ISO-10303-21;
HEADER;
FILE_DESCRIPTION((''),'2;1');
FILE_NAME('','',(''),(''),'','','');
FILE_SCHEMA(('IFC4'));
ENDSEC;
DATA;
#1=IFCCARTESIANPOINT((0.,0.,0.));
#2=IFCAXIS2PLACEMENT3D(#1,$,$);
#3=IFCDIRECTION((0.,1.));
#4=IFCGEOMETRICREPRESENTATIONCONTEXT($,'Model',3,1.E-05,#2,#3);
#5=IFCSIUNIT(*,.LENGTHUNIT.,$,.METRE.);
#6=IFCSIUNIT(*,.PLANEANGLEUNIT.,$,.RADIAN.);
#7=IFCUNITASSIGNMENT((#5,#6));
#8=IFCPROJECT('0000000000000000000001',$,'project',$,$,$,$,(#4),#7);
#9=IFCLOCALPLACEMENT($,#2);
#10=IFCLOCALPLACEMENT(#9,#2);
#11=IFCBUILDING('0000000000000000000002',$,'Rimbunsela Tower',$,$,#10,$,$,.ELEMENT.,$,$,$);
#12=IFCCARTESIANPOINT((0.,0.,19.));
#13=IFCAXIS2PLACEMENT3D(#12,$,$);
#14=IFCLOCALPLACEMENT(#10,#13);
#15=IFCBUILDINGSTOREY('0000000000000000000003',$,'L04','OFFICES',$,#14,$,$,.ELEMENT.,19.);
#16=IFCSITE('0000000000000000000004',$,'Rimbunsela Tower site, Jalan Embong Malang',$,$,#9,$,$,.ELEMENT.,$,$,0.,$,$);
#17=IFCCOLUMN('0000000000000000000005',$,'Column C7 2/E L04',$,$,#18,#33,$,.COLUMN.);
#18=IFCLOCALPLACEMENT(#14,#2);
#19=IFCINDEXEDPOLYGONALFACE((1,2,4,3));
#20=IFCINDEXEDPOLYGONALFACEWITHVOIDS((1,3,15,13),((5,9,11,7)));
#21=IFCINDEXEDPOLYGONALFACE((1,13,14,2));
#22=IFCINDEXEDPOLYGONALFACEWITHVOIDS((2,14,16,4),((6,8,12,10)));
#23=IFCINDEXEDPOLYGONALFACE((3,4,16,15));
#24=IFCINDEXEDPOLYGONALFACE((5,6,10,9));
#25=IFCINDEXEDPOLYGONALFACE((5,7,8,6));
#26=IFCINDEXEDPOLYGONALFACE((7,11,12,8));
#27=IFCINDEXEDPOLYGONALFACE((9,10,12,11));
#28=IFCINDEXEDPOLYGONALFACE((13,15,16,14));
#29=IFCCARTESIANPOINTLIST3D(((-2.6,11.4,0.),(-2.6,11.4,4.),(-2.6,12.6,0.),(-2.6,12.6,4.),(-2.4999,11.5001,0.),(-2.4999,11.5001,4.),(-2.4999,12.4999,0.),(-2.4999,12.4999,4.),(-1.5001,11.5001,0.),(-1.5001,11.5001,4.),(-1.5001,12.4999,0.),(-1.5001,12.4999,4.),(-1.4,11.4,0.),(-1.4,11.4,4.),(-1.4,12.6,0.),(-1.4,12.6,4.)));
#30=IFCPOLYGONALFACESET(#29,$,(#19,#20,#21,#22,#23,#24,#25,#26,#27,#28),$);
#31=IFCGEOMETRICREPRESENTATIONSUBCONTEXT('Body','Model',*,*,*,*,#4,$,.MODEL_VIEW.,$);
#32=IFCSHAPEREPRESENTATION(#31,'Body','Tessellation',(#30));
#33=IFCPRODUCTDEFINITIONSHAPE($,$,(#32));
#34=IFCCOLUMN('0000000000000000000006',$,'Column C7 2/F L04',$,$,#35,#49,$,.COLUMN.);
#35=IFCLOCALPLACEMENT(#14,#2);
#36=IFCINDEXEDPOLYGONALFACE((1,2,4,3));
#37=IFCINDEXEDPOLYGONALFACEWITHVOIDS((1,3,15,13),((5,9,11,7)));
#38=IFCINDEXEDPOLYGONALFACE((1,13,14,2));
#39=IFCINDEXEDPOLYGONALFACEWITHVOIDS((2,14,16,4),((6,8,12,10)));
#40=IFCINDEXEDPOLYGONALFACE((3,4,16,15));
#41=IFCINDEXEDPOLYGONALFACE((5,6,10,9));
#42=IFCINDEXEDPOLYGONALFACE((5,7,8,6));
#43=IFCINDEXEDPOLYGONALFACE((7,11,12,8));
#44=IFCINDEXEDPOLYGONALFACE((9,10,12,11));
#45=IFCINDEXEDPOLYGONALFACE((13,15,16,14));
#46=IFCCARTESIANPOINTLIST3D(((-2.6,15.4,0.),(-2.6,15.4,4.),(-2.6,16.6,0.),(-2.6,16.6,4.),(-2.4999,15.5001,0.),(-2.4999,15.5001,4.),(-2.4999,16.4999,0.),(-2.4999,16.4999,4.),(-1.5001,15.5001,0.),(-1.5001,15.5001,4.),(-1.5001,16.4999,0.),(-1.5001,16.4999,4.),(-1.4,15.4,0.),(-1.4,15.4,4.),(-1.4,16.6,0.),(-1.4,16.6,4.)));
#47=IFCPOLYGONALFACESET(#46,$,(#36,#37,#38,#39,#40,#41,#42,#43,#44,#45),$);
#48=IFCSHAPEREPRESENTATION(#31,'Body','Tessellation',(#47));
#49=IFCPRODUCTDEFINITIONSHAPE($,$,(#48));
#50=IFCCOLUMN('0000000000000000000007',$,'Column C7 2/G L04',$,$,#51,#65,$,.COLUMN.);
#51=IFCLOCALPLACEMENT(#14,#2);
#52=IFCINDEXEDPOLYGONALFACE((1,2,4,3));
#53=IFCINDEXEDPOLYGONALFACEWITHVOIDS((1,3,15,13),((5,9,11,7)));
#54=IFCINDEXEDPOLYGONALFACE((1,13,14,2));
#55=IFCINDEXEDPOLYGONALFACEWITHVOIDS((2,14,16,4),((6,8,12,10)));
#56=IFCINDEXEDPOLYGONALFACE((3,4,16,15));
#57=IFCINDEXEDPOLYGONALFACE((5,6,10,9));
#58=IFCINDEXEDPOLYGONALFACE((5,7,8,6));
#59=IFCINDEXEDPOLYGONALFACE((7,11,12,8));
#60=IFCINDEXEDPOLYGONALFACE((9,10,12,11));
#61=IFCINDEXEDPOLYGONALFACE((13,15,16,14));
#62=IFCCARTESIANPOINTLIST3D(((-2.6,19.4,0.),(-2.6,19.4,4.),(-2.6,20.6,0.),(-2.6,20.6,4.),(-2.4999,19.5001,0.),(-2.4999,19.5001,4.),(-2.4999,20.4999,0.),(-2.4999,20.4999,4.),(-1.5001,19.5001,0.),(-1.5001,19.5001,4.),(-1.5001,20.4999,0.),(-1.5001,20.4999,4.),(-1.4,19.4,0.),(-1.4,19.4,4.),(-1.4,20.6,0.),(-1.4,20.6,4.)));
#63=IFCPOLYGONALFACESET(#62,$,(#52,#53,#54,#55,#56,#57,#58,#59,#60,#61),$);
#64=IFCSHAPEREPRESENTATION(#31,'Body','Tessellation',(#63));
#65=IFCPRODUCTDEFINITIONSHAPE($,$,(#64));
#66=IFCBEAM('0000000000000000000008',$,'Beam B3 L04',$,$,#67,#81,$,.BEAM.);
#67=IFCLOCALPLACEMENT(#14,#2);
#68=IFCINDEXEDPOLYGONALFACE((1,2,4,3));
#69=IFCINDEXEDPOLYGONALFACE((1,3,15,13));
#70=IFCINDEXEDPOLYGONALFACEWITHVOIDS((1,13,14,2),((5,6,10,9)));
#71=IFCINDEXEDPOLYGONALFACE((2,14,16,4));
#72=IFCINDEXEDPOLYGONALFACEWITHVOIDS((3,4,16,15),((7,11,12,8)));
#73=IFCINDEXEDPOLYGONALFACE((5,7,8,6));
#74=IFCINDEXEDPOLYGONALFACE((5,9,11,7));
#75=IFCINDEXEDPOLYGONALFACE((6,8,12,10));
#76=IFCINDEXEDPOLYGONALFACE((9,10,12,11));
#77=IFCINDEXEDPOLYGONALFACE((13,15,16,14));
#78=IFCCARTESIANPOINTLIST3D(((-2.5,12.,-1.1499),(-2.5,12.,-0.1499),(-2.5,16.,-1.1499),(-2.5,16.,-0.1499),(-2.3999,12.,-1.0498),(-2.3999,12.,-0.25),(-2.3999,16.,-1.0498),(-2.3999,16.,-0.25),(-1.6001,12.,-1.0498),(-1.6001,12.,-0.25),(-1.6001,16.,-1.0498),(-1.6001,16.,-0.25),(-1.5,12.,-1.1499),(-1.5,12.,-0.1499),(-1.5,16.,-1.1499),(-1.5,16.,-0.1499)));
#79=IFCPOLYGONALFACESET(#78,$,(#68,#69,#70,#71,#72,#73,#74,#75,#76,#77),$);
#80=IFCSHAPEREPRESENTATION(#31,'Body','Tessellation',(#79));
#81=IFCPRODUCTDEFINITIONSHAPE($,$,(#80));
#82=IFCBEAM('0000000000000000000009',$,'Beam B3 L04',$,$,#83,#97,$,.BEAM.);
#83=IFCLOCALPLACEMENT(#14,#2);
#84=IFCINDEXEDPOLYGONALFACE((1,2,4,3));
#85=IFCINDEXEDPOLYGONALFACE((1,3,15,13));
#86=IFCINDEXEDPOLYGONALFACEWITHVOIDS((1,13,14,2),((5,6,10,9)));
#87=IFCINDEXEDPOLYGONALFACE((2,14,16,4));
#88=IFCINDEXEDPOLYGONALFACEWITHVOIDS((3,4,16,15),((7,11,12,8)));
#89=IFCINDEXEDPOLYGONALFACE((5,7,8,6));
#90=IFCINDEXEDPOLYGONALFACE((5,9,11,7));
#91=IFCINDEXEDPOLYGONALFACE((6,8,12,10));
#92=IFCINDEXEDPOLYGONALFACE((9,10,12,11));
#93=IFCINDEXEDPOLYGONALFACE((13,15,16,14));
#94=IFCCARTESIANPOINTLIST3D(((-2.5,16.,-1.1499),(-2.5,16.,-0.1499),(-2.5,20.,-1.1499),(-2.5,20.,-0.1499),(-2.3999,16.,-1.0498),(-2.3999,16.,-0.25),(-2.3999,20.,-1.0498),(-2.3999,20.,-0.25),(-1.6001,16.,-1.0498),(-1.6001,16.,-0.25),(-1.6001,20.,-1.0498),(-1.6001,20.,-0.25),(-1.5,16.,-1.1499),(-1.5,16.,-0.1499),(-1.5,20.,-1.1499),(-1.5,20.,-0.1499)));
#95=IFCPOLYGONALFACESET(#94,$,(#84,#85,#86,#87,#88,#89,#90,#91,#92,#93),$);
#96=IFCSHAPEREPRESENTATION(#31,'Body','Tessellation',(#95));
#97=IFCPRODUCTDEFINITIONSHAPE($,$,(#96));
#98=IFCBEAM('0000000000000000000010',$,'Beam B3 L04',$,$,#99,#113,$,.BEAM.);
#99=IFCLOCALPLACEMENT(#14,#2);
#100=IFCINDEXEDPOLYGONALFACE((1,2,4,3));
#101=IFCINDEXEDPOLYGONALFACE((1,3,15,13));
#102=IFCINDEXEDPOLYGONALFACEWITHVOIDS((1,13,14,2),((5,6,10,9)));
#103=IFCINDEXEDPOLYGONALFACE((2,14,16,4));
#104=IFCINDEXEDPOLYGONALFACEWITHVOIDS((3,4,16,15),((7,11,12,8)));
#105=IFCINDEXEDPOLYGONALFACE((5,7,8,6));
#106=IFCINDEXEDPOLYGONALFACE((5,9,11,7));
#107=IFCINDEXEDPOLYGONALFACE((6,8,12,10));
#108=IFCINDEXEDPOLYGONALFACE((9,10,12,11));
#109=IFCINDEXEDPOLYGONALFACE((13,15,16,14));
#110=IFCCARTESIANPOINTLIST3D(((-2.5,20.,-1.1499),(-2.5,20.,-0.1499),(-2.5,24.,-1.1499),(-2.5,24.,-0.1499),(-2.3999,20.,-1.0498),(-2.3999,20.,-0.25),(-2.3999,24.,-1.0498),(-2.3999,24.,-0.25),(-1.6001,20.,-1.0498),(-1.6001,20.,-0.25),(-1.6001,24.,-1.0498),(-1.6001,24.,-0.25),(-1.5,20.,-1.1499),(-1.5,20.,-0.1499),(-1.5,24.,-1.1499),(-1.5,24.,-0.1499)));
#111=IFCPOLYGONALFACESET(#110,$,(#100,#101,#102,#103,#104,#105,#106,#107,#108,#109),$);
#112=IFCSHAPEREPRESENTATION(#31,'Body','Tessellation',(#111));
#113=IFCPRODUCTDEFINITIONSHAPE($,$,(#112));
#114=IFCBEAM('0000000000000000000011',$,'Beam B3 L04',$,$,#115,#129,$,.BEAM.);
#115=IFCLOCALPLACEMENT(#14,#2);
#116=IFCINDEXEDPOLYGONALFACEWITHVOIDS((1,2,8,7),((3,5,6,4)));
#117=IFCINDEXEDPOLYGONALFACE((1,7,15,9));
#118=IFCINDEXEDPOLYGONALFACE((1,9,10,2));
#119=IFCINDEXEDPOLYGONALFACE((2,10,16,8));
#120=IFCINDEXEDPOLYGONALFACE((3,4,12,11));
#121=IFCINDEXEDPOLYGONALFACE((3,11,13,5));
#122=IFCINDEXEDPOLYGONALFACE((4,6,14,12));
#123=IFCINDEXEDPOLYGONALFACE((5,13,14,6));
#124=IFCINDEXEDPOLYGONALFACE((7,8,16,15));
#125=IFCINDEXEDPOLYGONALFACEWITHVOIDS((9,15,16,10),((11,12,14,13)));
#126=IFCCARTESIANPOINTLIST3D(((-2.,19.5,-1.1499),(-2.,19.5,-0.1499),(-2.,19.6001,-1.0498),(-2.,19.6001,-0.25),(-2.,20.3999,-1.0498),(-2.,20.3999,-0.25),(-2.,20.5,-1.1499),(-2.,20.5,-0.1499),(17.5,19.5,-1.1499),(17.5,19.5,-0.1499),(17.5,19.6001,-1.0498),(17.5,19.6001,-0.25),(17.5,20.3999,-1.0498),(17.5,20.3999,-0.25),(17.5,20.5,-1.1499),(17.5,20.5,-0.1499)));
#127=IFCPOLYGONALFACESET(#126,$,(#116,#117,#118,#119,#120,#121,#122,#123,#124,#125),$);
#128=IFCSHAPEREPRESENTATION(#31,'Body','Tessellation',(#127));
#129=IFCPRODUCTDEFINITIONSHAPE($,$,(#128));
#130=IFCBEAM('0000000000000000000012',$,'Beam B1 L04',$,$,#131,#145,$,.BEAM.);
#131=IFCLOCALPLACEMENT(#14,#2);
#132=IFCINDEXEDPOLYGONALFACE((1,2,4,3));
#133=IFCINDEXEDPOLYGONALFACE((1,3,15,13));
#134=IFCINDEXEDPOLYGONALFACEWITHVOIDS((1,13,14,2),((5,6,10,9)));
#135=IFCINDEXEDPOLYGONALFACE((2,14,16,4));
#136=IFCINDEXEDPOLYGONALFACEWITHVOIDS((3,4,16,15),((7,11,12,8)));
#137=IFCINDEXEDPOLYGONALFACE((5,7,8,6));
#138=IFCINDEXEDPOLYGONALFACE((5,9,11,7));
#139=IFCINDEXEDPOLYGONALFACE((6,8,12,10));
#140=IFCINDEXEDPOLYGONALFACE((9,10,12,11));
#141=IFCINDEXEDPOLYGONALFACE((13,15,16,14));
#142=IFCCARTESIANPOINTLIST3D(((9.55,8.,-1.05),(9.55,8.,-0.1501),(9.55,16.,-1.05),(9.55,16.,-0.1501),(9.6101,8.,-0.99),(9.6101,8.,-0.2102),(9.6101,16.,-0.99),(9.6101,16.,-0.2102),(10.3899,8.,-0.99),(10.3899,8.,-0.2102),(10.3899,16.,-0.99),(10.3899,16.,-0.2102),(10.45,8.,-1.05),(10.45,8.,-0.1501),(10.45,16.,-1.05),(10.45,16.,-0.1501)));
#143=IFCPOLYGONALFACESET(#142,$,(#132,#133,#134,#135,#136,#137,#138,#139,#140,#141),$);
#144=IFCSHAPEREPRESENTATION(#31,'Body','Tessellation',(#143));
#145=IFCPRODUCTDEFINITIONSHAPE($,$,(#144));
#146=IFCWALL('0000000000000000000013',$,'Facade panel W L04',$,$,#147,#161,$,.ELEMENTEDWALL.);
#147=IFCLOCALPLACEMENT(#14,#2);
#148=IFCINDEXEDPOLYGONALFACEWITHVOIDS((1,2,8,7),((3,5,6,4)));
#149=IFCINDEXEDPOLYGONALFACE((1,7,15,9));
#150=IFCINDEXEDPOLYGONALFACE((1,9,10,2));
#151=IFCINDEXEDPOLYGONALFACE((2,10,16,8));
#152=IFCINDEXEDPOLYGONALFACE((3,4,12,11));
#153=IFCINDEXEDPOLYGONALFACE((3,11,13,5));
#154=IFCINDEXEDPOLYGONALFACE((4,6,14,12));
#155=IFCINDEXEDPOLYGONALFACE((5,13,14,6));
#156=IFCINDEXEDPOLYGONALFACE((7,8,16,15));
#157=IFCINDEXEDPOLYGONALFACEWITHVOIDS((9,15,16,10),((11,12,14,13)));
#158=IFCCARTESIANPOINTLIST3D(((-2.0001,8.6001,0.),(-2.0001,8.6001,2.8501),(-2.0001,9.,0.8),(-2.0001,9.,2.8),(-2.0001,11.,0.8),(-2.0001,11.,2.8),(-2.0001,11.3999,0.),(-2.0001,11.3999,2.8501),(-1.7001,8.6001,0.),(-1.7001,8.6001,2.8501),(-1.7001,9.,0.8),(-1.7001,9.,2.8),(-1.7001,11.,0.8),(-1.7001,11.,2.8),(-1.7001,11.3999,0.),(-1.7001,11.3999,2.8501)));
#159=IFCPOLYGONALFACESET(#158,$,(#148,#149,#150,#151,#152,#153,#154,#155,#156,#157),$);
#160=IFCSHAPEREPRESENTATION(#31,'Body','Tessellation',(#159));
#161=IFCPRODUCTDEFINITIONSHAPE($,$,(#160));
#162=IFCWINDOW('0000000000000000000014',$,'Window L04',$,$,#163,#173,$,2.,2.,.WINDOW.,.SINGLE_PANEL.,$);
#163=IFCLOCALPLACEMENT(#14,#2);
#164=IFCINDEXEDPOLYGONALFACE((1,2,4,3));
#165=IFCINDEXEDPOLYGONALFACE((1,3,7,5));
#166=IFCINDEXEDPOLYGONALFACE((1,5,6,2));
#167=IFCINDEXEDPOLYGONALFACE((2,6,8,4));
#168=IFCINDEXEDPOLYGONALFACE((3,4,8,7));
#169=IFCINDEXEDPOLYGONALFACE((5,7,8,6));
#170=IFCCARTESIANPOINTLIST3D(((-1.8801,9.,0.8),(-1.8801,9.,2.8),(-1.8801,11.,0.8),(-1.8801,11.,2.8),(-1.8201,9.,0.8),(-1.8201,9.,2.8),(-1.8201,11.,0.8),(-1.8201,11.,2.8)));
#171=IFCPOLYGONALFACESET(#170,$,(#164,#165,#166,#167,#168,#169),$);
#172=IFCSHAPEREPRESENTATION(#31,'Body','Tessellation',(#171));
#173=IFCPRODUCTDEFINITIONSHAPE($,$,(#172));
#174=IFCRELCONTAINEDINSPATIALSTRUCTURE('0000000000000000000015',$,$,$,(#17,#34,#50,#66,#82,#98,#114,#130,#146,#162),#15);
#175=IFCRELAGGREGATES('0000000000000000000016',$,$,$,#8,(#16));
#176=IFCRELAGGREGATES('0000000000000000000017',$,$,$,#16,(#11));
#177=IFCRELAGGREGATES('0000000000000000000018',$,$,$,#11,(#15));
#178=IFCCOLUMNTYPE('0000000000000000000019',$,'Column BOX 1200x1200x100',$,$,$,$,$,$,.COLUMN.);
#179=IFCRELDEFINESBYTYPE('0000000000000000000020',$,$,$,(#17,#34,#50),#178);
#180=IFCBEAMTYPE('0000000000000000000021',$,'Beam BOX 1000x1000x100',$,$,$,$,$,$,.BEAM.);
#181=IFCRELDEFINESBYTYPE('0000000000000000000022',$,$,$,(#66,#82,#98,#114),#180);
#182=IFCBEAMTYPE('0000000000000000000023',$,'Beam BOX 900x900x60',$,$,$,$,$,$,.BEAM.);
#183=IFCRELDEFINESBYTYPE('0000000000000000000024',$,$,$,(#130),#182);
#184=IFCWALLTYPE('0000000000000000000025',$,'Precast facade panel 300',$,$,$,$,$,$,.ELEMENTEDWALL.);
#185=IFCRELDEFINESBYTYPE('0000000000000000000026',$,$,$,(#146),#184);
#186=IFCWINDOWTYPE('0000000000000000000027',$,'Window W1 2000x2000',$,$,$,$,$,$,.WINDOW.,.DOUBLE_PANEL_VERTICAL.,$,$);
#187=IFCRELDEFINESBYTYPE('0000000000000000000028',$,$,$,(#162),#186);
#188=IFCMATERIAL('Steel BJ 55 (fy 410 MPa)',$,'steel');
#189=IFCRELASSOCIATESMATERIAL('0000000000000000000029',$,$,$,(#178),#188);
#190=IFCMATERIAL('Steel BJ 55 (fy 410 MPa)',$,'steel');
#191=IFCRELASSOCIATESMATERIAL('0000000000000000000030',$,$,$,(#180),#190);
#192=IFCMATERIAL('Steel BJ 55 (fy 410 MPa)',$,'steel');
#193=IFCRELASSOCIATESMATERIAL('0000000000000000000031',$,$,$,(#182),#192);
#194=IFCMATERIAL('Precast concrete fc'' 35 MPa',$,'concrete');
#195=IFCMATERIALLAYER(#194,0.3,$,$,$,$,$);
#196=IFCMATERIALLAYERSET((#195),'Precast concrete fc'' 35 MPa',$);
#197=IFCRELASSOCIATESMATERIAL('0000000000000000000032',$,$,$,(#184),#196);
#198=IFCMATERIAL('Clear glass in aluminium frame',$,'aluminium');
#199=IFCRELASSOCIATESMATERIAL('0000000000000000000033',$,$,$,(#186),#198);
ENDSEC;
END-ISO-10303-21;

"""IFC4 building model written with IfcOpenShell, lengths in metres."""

from ifc_helpers import new_model, si_unit, direction, frame, frame_2d, origin, origin_2d, place, context, subcontext, project, spatial, rectangle, hollow_rectangle, extrude, material, layer, layer_set, material_profile, profile_set, type_object, element, fill, save


model = new_model("IFC4")

# Units and contexts
model_context = context("Model", 3, precision=1e-05, world=origin(), true_north=direction((0.0, 1.0)))
body_context = subcontext(model_context, "Body", "Model", "MODEL_VIEW")
ifc_project = project(units=[si_unit("LENGTHUNIT", "METRE"), si_unit("PLANEANGLEUNIT", "RADIAN")], contexts=[model_context])

# Site, building, storey
site_placement = place(None, origin())
site = spatial("IfcSite", under=ifc_project, at=site_placement, Name="Rimbunsela Tower site, Jalan Embong Malang", CompositionType="ELEMENT", RefElevation=0.0)
building_placement = place(site_placement, origin())
building = spatial("IfcBuilding", under=site, at=building_placement, Name="Rimbunsela Tower", CompositionType="ELEMENT")
storey_placement = place(building_placement, frame((0.0, 0.0, 19.0)))
storey = spatial("IfcBuildingStorey", under=building, at=storey_placement, Name="L04", Description="OFFICES", CompositionType="ELEMENT", Elevation=19.0)

# Columns
ifc_material_1 = material(Name="Steel BJ 55 (fy 410 MPa)", Category="steel")
ifc_material_profile_1 = material_profile(ifc_material_1, hollow_rectangle(XDim=1.2, YDim=1.2, WallThickness=0.1001, at=origin_2d()), Name="BOX 1200x1200x100")
ifc_profile_set_1 = profile_set([ifc_material_profile_1], Name="Steel BJ 55 (fy 410 MPa)")
column_type = type_object("IfcColumnType", Name="Column BOX 1200x1200x100", PredefinedType="COLUMN", material=ifc_profile_set_1)
for number, where, z_axis, x_axis, name in (
    (1, (-2.0, 12.0, 0.0), (0.0, 0.0, 1.0), (1.0, 0.0, 0.0), "Column C7 2/E L04"),
    (2, (-2.0, 16.0, 0.0), (0.0, 0.0, 1.0), (1.0, 0.0, 0.0), "Column C7 2/F L04"),
    (3, (-2.0, 20.0, 0.0), (0.0, 0.0, 1.0), (1.0, 0.0, 0.0), "Column C7 2/G L04"),
):
    element("IfcColumn", number, at=place(storey_placement, frame(where, z_axis=z_axis, x_axis=x_axis)), inside=storey, type_object=column_type, Name=name, PredefinedType="COLUMN", context=body_context, shape_type="SweptSolid", body=[
        extrude(hollow_rectangle(XDim=1.2, YDim=1.2, WallThickness=0.1001, at=origin_2d()), origin(), (0.0, 0.0, 1.0), 4.0),
    ])

# Beams
ifc_material_2 = material(Name="Steel BJ 55 (fy 410 MPa)", Category="steel")
ifc_material_profile_2 = material_profile(ifc_material_2, hollow_rectangle(XDim=1.0, YDim=1.0, WallThickness=0.1001, at=origin_2d()), Name="BOX 1000x1000x100")
ifc_profile_set_2 = profile_set([ifc_material_profile_2], Name="Steel BJ 55 (fy 410 MPa)")
beam_type_1 = type_object("IfcBeamType", Name="Beam BOX 1000x1000x100", PredefinedType="BEAM", material=ifc_profile_set_2)
for number, where, z_axis, x_axis, name in (
    (4, (-2.0, 12.0, -0.6499), (0.0, 1.0, 0.0), (-1.0, 0.0, 0.0), "Beam B3 L04"),
    (5, (-2.0, 16.0, -0.6499), (0.0, 1.0, 0.0), (-1.0, 0.0, 0.0), "Beam B3 L04"),
    (6, (-2.0, 20.0, -0.6499), (0.0, 1.0, 0.0), (-1.0, 0.0, 0.0), "Beam B3 L04"),
):
    element("IfcBeam", number, at=place(storey_placement, frame(where, z_axis=z_axis, x_axis=x_axis)), inside=storey, type_object=beam_type_1, Name=name, PredefinedType="BEAM", context=body_context, shape_type="SweptSolid", body=[
        extrude(hollow_rectangle(XDim=1.0, YDim=1.0, WallThickness=0.1001, at=origin_2d()), origin(), (0.0, 0.0, 1.0), 4.0),
    ])
beam_1_placement = place(storey_placement, frame((-2.0, 20.0, -0.6499), z_axis=(1.0, 0.0, 0.0), x_axis=(0.0, 1.0, 0.0)))
element("IfcBeam", 7, at=beam_1_placement, inside=storey, type_object=beam_type_1, Name="Beam B3 L04", PredefinedType="BEAM", context=body_context, shape_type="SweptSolid", body=[
    extrude(hollow_rectangle(XDim=1.0, YDim=1.0, WallThickness=0.1001, at=origin_2d()), origin(), (0.0, 0.0, 1.0), 19.5),
])
ifc_material_3 = material(Name="Steel BJ 55 (fy 410 MPa)", Category="steel")
ifc_material_profile_3 = material_profile(ifc_material_3, hollow_rectangle(XDim=0.8999, YDim=0.8999, WallThickness=0.0601, at=origin_2d()), Name="BOX 900x900x60")
ifc_profile_set_3 = profile_set([ifc_material_profile_3], Name="Steel BJ 55 (fy 410 MPa)")
beam_type_2 = type_object("IfcBeamType", Name="Beam BOX 900x900x60", PredefinedType="BEAM", material=ifc_profile_set_3)
beam_2_placement = place(storey_placement, frame((10.0, 8.0, -0.6001), z_axis=(0.0, 1.0, 0.0), x_axis=(-1.0, 0.0, 0.0)))
element("IfcBeam", 8, at=beam_2_placement, inside=storey, type_object=beam_type_2, Name="Beam B1 L04", PredefinedType="BEAM", context=body_context, shape_type="SweptSolid", body=[
    extrude(hollow_rectangle(XDim=0.8999, YDim=0.8999, WallThickness=0.0601, at=origin_2d()), origin(), (0.0, 0.0, 1.0), 8.0),
])

# Wall, opening, window
ifc_material_4 = material(Name="Precast concrete fc' 35 MPa", Category="concrete")
ifc_layer_1 = layer(ifc_material_4, 0.3)
ifc_layer_set_1 = layer_set([ifc_layer_1], Name="Precast concrete fc' 35 MPa")
wall_type = type_object("IfcWallType", Name="Precast facade panel 300", PredefinedType="ELEMENTEDWALL", material=ifc_layer_set_1)
wall_1_placement = place(storey_placement, frame((-1.8501, 11.3999, 0.0), z_axis=(0.0, 0.0, 1.0), x_axis=(0.0, -1.0, 0.0)))
wall_1 = element("IfcWall", 9, at=wall_1_placement, inside=storey, type_object=wall_type, Name="Facade panel W L04", PredefinedType="ELEMENTEDWALL", context=body_context, shape_type="SweptSolid", body=[
    extrude(rectangle(XDim=2.7998, YDim=0.3, at=frame_2d((1.3999, 0.0))), origin(), (0.0, 0.0, 1.0), 2.8501),
])
opening_1_placement = place(wall_1_placement, frame((0.3999, 0.0, 0.8)))
opening_1 = element("IfcOpeningElement", 10, at=opening_1_placement, cuts=wall_1, PredefinedType="OPENING", context=body_context, shape_type="SweptSolid", body=[
    extrude(rectangle(XDim=2.0, YDim=2.0, at=frame_2d((1.0, 1.0))), frame((0.0, 0.1599, 0.0), z_axis=(0.0, -1.0, 0.0), x_axis=(1.0, 0.0, 0.0)), (0.0, 0.0, 1.0), 0.3201),
])
ifc_material_5 = material(Name="Clear glass in aluminium frame", Category="aluminium")
window_type = type_object("IfcWindowType", Name="Window W1 2000x2000", PartitioningType="DOUBLE_PANEL_VERTICAL", PredefinedType="WINDOW", material=ifc_material_5)
window_1_placement = place(opening_1_placement, origin())
window_1 = element("IfcWindow", 11, at=window_1_placement, inside=storey, type_object=window_type, Name="Window L04", OverallHeight=2.0, OverallWidth=2.0, PartitioningType="SINGLE_PANEL", PredefinedType="WINDOW", context=body_context, shape_type="SweptSolid", body=[
    extrude(rectangle(XDim=2.0, YDim=2.0, at=frame_2d((1.0, 1.0))), frame((0.0, 0.03, 0.0), z_axis=(0.0, -1.0, 0.0), x_axis=(1.0, 0.0, 0.0)), (0.0, 0.0, 1.0), 0.0601),
])
fill(opening_1, window_1)

save(model, "model.ifc")
